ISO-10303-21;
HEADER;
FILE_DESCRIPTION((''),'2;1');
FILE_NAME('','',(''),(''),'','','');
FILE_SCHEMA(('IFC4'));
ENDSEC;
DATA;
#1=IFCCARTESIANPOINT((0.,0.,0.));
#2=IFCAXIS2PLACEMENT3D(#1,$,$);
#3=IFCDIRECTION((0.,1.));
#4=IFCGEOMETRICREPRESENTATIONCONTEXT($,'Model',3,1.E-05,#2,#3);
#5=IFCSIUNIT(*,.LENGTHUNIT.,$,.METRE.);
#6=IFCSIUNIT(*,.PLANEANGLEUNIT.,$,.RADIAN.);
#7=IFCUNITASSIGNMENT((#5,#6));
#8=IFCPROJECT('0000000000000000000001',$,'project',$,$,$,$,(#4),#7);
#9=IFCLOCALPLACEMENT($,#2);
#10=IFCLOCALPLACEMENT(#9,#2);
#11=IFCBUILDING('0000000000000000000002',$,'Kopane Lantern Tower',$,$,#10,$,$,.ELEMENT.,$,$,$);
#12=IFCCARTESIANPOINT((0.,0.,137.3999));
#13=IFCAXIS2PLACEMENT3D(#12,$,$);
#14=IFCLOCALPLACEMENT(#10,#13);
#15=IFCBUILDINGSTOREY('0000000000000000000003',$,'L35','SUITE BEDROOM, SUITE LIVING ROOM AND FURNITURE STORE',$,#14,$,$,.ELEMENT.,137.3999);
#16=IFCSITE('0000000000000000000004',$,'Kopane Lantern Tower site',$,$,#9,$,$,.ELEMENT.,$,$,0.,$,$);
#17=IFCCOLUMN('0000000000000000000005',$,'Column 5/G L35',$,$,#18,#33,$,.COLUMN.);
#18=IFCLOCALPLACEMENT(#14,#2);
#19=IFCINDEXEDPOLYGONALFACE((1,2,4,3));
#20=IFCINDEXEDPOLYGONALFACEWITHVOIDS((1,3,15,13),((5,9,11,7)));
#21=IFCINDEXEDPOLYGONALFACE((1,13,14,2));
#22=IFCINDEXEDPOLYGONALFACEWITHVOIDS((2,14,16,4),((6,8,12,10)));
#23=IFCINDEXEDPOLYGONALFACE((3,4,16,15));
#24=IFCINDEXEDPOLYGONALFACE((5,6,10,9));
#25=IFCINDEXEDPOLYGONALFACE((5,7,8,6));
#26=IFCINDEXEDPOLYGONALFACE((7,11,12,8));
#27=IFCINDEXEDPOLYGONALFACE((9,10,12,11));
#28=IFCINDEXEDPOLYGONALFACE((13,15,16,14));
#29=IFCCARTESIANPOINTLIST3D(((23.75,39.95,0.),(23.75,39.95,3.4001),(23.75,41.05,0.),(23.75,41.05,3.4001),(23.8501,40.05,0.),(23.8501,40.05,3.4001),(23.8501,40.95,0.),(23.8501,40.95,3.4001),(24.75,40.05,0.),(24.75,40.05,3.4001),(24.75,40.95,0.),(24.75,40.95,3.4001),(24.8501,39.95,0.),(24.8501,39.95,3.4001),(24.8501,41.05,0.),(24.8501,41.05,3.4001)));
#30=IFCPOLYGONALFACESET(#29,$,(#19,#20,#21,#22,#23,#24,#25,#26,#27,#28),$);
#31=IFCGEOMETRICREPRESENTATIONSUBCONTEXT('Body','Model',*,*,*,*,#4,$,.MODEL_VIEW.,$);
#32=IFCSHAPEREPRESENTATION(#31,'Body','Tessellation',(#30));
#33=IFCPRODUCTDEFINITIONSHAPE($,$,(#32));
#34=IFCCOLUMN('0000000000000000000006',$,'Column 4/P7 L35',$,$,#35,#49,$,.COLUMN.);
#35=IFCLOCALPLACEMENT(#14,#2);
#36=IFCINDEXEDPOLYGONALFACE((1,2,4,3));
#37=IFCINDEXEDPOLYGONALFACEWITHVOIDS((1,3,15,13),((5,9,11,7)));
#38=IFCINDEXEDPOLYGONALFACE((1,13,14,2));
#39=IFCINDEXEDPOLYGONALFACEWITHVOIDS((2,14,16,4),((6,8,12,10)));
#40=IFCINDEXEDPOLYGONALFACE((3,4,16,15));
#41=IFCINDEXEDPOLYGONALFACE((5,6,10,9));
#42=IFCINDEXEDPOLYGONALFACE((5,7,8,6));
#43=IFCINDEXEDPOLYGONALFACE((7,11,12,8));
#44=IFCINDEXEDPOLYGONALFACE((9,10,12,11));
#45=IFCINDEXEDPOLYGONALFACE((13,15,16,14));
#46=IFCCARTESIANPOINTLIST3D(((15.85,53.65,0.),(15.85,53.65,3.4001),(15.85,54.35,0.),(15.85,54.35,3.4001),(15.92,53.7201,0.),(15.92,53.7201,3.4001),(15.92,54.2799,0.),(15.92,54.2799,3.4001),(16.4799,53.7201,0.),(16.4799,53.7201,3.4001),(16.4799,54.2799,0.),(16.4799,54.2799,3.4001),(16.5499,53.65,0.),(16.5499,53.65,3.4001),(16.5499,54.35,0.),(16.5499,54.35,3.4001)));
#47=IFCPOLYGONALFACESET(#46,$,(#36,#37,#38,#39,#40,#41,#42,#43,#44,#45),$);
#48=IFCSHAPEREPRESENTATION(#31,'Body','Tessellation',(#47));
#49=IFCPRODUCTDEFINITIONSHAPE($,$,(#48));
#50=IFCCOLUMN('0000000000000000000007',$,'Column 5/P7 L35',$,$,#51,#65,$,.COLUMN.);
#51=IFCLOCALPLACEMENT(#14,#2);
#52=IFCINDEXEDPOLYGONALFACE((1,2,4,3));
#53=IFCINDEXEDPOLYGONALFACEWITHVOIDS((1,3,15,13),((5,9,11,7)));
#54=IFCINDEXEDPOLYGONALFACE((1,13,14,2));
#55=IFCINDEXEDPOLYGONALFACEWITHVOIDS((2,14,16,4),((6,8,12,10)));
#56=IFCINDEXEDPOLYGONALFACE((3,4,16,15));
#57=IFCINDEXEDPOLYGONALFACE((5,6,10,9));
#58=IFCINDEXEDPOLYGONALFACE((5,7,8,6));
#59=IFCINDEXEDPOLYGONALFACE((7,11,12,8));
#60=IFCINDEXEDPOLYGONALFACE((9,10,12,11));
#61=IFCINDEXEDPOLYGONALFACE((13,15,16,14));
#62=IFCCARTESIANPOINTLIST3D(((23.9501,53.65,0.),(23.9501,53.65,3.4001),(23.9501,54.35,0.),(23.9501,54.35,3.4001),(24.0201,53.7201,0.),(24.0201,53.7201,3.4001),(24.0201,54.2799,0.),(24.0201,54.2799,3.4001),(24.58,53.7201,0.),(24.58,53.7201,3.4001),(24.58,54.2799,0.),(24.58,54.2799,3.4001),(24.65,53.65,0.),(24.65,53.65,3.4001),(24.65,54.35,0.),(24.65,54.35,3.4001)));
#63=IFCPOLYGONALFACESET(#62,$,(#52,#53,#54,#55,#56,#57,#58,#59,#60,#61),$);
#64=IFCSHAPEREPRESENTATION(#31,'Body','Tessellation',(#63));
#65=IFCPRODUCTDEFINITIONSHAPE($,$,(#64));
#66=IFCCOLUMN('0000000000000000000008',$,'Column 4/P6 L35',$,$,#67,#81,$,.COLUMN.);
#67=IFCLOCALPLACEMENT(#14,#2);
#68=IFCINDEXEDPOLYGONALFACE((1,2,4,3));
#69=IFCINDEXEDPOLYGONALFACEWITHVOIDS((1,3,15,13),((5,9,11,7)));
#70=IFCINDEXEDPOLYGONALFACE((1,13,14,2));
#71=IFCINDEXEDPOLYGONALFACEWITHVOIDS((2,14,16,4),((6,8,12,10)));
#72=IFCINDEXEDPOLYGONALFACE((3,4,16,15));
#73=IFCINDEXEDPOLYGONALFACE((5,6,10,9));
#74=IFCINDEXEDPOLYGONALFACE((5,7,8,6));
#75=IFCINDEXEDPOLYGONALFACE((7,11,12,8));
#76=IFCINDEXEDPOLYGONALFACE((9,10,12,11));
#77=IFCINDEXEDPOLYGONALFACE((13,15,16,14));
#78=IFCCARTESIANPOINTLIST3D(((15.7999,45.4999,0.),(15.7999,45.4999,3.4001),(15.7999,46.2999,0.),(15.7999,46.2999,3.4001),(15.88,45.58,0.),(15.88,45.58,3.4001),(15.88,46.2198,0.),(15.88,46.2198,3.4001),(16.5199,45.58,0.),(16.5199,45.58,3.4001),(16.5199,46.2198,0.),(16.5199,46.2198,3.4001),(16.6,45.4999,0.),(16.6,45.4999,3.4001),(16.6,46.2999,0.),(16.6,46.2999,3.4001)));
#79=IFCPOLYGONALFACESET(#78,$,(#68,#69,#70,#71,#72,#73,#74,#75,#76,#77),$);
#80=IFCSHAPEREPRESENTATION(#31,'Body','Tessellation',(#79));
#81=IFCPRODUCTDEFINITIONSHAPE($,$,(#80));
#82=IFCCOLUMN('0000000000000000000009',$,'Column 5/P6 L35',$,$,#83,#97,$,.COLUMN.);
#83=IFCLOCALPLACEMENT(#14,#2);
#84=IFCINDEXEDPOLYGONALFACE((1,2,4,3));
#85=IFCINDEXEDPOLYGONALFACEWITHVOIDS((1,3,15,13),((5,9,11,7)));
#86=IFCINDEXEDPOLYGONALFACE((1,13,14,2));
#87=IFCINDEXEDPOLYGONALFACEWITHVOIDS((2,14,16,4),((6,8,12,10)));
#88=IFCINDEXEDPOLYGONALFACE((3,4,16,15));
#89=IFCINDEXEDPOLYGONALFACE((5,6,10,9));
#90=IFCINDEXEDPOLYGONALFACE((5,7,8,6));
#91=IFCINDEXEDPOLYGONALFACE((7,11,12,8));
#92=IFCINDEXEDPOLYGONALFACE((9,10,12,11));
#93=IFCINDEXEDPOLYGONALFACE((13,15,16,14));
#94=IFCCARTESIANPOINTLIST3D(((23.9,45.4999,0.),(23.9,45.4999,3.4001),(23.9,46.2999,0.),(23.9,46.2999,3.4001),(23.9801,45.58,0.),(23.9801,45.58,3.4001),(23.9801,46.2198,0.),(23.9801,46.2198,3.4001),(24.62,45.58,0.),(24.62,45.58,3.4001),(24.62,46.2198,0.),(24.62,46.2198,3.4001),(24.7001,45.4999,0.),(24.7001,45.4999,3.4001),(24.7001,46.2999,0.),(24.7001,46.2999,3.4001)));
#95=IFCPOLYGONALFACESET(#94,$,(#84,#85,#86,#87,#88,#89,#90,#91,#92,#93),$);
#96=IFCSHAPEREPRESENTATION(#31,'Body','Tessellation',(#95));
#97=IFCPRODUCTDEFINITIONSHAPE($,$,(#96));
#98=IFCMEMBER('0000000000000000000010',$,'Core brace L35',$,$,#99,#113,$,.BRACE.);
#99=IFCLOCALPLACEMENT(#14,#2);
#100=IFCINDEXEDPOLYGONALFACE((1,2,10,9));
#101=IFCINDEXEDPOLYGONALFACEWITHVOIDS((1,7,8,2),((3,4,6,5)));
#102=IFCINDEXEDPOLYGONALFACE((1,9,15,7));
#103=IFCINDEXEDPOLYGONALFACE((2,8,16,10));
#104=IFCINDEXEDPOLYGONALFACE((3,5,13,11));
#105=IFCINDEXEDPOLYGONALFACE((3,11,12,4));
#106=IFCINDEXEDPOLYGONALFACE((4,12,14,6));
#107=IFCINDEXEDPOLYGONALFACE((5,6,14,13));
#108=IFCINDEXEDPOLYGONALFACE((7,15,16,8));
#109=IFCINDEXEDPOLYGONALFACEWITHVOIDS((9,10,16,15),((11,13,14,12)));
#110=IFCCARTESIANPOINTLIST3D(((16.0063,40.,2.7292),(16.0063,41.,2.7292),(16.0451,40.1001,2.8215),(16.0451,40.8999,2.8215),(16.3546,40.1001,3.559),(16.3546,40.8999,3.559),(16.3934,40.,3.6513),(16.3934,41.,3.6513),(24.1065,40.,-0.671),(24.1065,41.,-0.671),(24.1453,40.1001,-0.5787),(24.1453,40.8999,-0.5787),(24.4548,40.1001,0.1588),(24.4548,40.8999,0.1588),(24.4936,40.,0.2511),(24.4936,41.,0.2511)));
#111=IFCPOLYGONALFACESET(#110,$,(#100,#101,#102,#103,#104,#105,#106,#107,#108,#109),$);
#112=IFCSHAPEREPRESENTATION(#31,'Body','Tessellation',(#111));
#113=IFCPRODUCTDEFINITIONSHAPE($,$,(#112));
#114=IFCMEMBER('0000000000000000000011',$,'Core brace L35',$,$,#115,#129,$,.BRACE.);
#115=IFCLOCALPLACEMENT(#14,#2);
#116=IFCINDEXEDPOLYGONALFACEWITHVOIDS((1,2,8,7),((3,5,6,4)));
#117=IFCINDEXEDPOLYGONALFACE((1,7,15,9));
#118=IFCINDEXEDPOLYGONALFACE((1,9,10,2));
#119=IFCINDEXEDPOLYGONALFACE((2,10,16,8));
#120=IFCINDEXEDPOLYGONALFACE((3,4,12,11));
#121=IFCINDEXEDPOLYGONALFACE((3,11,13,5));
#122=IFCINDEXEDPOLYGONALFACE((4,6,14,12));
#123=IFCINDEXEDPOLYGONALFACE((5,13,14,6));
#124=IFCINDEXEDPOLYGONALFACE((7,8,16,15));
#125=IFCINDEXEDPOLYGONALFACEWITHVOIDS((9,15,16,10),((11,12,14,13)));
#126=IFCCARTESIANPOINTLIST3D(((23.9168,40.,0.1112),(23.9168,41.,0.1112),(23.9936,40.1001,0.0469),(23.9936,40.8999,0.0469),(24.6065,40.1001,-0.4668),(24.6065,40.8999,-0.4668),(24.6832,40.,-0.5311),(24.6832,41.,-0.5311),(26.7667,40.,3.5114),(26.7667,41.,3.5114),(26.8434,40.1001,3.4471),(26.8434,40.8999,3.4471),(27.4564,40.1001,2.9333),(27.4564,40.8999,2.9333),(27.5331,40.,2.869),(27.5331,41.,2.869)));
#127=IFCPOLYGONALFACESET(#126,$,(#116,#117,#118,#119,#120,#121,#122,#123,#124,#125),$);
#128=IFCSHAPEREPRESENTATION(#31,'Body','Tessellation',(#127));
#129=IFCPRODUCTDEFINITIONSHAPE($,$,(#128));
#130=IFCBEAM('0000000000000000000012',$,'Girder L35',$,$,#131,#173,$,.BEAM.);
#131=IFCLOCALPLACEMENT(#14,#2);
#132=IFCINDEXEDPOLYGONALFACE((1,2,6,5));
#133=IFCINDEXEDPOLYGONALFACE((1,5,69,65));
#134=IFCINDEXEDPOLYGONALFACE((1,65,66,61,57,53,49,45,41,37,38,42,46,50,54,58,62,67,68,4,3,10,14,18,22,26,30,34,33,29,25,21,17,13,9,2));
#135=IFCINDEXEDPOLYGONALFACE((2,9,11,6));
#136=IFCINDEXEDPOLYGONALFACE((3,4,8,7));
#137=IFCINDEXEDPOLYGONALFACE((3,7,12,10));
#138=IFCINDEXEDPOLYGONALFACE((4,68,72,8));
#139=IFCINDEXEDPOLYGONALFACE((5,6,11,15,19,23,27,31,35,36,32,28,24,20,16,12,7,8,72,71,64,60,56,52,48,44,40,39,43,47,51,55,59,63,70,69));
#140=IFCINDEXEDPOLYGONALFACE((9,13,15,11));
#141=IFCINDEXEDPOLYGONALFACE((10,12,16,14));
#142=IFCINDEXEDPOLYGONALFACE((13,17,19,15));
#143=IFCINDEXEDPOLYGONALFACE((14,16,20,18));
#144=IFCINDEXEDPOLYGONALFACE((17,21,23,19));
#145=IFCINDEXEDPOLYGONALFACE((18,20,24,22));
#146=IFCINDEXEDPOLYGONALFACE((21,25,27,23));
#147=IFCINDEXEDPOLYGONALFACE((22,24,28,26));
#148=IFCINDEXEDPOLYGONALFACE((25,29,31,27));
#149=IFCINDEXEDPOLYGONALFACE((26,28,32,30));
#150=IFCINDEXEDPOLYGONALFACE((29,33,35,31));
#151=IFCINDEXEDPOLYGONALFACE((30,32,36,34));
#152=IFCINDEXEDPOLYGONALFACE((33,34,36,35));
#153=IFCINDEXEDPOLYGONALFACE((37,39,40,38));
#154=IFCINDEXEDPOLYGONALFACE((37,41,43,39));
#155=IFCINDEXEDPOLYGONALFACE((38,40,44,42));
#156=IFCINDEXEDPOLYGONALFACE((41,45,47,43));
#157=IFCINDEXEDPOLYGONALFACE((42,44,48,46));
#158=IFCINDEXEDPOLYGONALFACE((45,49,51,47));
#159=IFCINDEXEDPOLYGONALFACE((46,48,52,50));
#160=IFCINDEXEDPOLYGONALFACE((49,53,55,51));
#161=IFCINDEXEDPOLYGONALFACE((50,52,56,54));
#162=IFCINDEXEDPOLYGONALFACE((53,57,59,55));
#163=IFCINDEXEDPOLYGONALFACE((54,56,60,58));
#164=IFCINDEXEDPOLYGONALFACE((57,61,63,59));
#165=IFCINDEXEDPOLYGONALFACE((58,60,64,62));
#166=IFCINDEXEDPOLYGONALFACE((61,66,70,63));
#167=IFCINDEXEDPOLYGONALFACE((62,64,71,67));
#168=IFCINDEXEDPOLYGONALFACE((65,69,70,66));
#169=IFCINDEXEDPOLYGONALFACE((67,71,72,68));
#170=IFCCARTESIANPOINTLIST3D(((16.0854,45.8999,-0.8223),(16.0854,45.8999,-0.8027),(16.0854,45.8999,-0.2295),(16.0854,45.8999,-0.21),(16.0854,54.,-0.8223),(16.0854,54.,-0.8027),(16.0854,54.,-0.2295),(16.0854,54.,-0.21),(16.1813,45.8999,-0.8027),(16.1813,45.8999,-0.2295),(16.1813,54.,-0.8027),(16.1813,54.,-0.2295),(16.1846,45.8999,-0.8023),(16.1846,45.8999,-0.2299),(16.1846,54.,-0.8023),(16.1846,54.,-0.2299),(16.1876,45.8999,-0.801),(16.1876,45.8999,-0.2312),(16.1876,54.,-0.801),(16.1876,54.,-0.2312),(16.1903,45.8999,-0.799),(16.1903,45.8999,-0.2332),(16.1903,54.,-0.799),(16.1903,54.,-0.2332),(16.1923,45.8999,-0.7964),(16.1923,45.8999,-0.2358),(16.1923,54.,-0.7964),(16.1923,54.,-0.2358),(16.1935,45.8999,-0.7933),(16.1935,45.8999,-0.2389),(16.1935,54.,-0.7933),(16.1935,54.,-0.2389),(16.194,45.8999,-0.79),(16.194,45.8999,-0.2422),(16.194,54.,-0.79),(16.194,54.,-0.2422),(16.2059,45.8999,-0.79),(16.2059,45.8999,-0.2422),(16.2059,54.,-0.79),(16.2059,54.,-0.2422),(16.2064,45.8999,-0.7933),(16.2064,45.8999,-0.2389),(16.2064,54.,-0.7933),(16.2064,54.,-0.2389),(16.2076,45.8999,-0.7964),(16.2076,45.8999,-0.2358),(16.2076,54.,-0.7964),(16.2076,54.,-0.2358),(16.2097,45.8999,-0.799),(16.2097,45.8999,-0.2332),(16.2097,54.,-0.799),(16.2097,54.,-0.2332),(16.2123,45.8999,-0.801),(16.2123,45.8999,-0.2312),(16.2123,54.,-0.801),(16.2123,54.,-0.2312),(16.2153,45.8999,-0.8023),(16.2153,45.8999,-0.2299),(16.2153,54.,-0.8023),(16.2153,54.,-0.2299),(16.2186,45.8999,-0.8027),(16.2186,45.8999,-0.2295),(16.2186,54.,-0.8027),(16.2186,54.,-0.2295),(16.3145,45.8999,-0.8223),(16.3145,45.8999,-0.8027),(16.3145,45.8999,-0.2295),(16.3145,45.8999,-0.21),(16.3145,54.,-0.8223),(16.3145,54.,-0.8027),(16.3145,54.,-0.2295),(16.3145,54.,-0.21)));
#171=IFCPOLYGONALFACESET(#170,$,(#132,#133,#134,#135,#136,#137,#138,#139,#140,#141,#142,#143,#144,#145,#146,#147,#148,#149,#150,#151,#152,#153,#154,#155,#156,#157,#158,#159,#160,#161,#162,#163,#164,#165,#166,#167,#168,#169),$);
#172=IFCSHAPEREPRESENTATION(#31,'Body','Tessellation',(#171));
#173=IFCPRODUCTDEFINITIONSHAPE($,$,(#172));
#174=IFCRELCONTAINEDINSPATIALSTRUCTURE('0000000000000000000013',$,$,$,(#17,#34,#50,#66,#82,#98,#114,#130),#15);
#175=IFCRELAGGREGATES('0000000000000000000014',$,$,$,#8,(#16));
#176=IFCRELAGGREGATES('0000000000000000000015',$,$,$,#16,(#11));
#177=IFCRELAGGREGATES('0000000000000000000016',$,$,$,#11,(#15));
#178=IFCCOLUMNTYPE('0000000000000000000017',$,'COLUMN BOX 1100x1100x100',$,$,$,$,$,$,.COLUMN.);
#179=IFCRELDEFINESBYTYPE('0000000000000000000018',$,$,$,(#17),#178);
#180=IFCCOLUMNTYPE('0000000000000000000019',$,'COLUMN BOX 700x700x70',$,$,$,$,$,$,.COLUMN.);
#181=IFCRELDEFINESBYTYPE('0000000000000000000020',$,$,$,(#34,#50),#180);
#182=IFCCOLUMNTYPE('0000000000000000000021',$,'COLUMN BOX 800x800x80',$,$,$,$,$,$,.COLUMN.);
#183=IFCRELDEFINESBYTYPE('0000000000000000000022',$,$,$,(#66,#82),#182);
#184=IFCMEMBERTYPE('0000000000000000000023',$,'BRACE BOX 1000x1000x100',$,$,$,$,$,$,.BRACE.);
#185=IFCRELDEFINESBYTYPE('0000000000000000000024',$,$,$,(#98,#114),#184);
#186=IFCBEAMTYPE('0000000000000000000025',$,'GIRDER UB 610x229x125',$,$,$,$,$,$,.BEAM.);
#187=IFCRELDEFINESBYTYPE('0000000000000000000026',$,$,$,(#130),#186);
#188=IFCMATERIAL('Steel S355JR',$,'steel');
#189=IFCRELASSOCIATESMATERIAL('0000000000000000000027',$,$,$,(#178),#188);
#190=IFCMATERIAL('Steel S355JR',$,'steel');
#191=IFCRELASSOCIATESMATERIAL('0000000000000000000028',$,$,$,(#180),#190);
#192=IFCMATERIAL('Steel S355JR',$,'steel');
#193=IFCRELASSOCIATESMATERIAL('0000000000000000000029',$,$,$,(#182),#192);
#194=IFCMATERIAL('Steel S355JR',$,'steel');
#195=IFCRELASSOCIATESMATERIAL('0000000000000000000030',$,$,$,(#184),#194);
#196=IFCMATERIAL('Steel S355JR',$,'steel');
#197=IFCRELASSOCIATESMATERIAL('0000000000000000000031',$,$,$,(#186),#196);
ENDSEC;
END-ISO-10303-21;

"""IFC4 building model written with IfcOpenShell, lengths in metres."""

from ifc_helpers import new_model, si_unit, direction, frame, origin, origin_2d, place, context, subcontext, project, spatial, hollow_rectangle, i_section, extrude, material, material_profile, profile_set, type_object, element, save


model = new_model("IFC4")

# Units and contexts
model_context = context("Model", 3, precision=1e-05, world=origin(), true_north=direction((0.0, 1.0)))
body_context = subcontext(model_context, "Body", "Model", "MODEL_VIEW")
ifc_project = project(units=[si_unit("LENGTHUNIT", "METRE"), si_unit("PLANEANGLEUNIT", "RADIAN")], contexts=[model_context])

# Site, building, storey
site_placement = place(None, origin())
site = spatial("IfcSite", under=ifc_project, at=site_placement, Name="Kopane Lantern Tower site", CompositionType="ELEMENT", RefElevation=0.0)
building_placement = place(site_placement, origin())
building = spatial("IfcBuilding", under=site, at=building_placement, Name="Kopane Lantern Tower", CompositionType="ELEMENT")
storey_placement = place(building_placement, frame((0.0, 0.0, 137.3999)))
storey = spatial("IfcBuildingStorey", under=building, at=storey_placement, Name="L35", Description="SUITE BEDROOM, SUITE LIVING ROOM AND FURNITURE STORE", CompositionType="ELEMENT", Elevation=137.3999)

# Columns
ifc_material_1 = material(Name="Steel S355JR", Category="steel")
ifc_material_profile_1 = material_profile(ifc_material_1, hollow_rectangle(XDim=1.1001, YDim=1.1001, WallThickness=0.1001, at=origin_2d()), Name="BOX 1100x1100x100")
ifc_profile_set_1 = profile_set([ifc_material_profile_1], Name="Steel S355JR")
column_type_1 = type_object("IfcColumnType", Name="COLUMN BOX 1100x1100x100", PredefinedType="COLUMN", material=ifc_profile_set_1)
column_placement = place(storey_placement, frame((24.3, 40.5, 0.0), z_axis=(0.0, 0.0, 1.0), x_axis=(1.0, 0.0, 0.0)))
element("IfcColumn", 1, at=column_placement, inside=storey, type_object=column_type_1, Name="Column 5/G L35", PredefinedType="COLUMN", context=body_context, shape_type="SweptSolid", body=[
    extrude(hollow_rectangle(XDim=1.1001, YDim=1.1001, WallThickness=0.1001, at=origin_2d()), origin(), (0.0, 0.0, 1.0), 3.4001),
])
ifc_material_2 = material(Name="Steel S355JR", Category="steel")
ifc_material_profile_2 = material_profile(ifc_material_2, hollow_rectangle(XDim=0.7, YDim=0.7, WallThickness=0.0701, at=origin_2d()), Name="BOX 700x700x70")
ifc_profile_set_2 = profile_set([ifc_material_profile_2], Name="Steel S355JR")
column_type_2 = type_object("IfcColumnType", Name="COLUMN BOX 700x700x70", PredefinedType="COLUMN", material=ifc_profile_set_2)
for number, where, z_axis, x_axis, name in (
    (2, (16.2, 54.0, 0.0), (0.0, 0.0, 1.0), (1.0, 0.0, 0.0), "Column 4/P7 L35"),
    (3, (24.3, 54.0, 0.0), (0.0, 0.0, 1.0), (1.0, 0.0, 0.0), "Column 5/P7 L35"),
):
    element("IfcColumn", number, at=place(storey_placement, frame(where, z_axis=z_axis, x_axis=x_axis)), inside=storey, type_object=column_type_2, Name=name, PredefinedType="COLUMN", context=body_context, shape_type="SweptSolid", body=[
        extrude(hollow_rectangle(XDim=0.7, YDim=0.7, WallThickness=0.0701, at=origin_2d()), origin(), (0.0, 0.0, 1.0), 3.4001),
    ])
ifc_material_3 = material(Name="Steel S355JR", Category="steel")
ifc_material_profile_3 = material_profile(ifc_material_3, hollow_rectangle(XDim=0.8, YDim=0.8, WallThickness=0.0801, at=origin_2d()), Name="BOX 800x800x80")
ifc_profile_set_3 = profile_set([ifc_material_profile_3], Name="Steel S355JR")
column_type_3 = type_object("IfcColumnType", Name="COLUMN BOX 800x800x80", PredefinedType="COLUMN", material=ifc_profile_set_3)
for number, where, z_axis, x_axis, name in (
    (4, (16.2, 45.8999, 0.0), (0.0, 0.0, 1.0), (1.0, 0.0, 0.0), "Column 4/P6 L35"),
    (5, (24.3, 45.8999, 0.0), (0.0, 0.0, 1.0), (1.0, 0.0, 0.0), "Column 5/P6 L35"),
):
    element("IfcColumn", number, at=place(storey_placement, frame(where, z_axis=z_axis, x_axis=x_axis)), inside=storey, type_object=column_type_3, Name=name, PredefinedType="COLUMN", context=body_context, shape_type="SweptSolid", body=[
        extrude(hollow_rectangle(XDim=0.8, YDim=0.8, WallThickness=0.0801, at=origin_2d()), origin(), (0.0, 0.0, 1.0), 3.4001),
    ])

# Members
ifc_material_4 = material(Name="Steel S355JR", Category="steel")
ifc_material_profile_4 = material_profile(ifc_material_4, hollow_rectangle(XDim=1.0, YDim=1.0, WallThickness=0.1001, at=origin_2d()), Name="BOX 1000x1000x100")
ifc_profile_set_4 = profile_set([ifc_material_profile_4], Name="Steel S355JR")
member_type = type_object("IfcMemberType", Name="BRACE BOX 1000x1000x100", PredefinedType="BRACE", material=ifc_profile_set_4)
member_1_placement = place(storey_placement, frame((24.3, 40.5, -0.21), z_axis=(-0.922059, 0.0, 0.387049), x_axis=(0.0, -1.0, 0.0)))
element("IfcMember", 6, at=member_1_placement, inside=storey, type_object=member_type, Name="Core brace L35", PredefinedType="BRACE", context=body_context, shape_type="SweptSolid", body=[
    extrude(hollow_rectangle(XDim=1.0, YDim=1.0, WallThickness=0.1001, at=origin_2d()), origin(), (0.0, 0.0, 1.0), 8.7849),
])
member_2_placement = place(storey_placement, frame((24.3, 40.5, -0.21), z_axis=(0.642363, 0.0, 0.7664), x_axis=(0.0, 1.0, 0.0)))
element("IfcMember", 7, at=member_2_placement, inside=storey, type_object=member_type, Name="Core brace L35", PredefinedType="BRACE", context=body_context, shape_type="SweptSolid", body=[
    extrude(hollow_rectangle(XDim=1.0, YDim=1.0, WallThickness=0.1001, at=origin_2d()), origin(), (0.0, 0.0, 1.0), 4.4365),
])

# Beam
ifc_material_5 = material(Name="Steel S355JR", Category="steel")
ifc_material_profile_5 = material_profile(ifc_material_5, i_section(OverallWidth=0.229, OverallDepth=0.6123, WebThickness=0.012, FlangeThickness=0.0195, FilletRadius=0.0127, at=origin_2d()), Name="UB 610x229x125")
ifc_profile_set_5 = profile_set([ifc_material_profile_5], Name="Steel S355JR")
beam_type_1 = type_object("IfcBeamType", Name="GIRDER UB 610x229x125", PredefinedType="BEAM", material=ifc_profile_set_5)
for number, where, z_axis, x_axis, name in (
    (8, (16.2, 45.8999, -0.5161), (0.0, 1.0, 0.0), (-1.0, 0.0, 0.0), "Girder L35"),
):
    element("IfcBeam", number, at=place(storey_placement, frame(where, z_axis=z_axis, x_axis=x_axis)), inside=storey, type_object=beam_type_1, Name=name, PredefinedType="BEAM", context=body_context, shape_type="SweptSolid", body=[
        extrude(i_section(OverallWidth=0.229, OverallDepth=0.6123, WebThickness=0.012, FlangeThickness=0.0195, FilletRadius=0.0127, at=origin_2d()), origin(), (0.0, 0.0, 1.0), 8.1001),
    ])

save(model, "model.ifc")
